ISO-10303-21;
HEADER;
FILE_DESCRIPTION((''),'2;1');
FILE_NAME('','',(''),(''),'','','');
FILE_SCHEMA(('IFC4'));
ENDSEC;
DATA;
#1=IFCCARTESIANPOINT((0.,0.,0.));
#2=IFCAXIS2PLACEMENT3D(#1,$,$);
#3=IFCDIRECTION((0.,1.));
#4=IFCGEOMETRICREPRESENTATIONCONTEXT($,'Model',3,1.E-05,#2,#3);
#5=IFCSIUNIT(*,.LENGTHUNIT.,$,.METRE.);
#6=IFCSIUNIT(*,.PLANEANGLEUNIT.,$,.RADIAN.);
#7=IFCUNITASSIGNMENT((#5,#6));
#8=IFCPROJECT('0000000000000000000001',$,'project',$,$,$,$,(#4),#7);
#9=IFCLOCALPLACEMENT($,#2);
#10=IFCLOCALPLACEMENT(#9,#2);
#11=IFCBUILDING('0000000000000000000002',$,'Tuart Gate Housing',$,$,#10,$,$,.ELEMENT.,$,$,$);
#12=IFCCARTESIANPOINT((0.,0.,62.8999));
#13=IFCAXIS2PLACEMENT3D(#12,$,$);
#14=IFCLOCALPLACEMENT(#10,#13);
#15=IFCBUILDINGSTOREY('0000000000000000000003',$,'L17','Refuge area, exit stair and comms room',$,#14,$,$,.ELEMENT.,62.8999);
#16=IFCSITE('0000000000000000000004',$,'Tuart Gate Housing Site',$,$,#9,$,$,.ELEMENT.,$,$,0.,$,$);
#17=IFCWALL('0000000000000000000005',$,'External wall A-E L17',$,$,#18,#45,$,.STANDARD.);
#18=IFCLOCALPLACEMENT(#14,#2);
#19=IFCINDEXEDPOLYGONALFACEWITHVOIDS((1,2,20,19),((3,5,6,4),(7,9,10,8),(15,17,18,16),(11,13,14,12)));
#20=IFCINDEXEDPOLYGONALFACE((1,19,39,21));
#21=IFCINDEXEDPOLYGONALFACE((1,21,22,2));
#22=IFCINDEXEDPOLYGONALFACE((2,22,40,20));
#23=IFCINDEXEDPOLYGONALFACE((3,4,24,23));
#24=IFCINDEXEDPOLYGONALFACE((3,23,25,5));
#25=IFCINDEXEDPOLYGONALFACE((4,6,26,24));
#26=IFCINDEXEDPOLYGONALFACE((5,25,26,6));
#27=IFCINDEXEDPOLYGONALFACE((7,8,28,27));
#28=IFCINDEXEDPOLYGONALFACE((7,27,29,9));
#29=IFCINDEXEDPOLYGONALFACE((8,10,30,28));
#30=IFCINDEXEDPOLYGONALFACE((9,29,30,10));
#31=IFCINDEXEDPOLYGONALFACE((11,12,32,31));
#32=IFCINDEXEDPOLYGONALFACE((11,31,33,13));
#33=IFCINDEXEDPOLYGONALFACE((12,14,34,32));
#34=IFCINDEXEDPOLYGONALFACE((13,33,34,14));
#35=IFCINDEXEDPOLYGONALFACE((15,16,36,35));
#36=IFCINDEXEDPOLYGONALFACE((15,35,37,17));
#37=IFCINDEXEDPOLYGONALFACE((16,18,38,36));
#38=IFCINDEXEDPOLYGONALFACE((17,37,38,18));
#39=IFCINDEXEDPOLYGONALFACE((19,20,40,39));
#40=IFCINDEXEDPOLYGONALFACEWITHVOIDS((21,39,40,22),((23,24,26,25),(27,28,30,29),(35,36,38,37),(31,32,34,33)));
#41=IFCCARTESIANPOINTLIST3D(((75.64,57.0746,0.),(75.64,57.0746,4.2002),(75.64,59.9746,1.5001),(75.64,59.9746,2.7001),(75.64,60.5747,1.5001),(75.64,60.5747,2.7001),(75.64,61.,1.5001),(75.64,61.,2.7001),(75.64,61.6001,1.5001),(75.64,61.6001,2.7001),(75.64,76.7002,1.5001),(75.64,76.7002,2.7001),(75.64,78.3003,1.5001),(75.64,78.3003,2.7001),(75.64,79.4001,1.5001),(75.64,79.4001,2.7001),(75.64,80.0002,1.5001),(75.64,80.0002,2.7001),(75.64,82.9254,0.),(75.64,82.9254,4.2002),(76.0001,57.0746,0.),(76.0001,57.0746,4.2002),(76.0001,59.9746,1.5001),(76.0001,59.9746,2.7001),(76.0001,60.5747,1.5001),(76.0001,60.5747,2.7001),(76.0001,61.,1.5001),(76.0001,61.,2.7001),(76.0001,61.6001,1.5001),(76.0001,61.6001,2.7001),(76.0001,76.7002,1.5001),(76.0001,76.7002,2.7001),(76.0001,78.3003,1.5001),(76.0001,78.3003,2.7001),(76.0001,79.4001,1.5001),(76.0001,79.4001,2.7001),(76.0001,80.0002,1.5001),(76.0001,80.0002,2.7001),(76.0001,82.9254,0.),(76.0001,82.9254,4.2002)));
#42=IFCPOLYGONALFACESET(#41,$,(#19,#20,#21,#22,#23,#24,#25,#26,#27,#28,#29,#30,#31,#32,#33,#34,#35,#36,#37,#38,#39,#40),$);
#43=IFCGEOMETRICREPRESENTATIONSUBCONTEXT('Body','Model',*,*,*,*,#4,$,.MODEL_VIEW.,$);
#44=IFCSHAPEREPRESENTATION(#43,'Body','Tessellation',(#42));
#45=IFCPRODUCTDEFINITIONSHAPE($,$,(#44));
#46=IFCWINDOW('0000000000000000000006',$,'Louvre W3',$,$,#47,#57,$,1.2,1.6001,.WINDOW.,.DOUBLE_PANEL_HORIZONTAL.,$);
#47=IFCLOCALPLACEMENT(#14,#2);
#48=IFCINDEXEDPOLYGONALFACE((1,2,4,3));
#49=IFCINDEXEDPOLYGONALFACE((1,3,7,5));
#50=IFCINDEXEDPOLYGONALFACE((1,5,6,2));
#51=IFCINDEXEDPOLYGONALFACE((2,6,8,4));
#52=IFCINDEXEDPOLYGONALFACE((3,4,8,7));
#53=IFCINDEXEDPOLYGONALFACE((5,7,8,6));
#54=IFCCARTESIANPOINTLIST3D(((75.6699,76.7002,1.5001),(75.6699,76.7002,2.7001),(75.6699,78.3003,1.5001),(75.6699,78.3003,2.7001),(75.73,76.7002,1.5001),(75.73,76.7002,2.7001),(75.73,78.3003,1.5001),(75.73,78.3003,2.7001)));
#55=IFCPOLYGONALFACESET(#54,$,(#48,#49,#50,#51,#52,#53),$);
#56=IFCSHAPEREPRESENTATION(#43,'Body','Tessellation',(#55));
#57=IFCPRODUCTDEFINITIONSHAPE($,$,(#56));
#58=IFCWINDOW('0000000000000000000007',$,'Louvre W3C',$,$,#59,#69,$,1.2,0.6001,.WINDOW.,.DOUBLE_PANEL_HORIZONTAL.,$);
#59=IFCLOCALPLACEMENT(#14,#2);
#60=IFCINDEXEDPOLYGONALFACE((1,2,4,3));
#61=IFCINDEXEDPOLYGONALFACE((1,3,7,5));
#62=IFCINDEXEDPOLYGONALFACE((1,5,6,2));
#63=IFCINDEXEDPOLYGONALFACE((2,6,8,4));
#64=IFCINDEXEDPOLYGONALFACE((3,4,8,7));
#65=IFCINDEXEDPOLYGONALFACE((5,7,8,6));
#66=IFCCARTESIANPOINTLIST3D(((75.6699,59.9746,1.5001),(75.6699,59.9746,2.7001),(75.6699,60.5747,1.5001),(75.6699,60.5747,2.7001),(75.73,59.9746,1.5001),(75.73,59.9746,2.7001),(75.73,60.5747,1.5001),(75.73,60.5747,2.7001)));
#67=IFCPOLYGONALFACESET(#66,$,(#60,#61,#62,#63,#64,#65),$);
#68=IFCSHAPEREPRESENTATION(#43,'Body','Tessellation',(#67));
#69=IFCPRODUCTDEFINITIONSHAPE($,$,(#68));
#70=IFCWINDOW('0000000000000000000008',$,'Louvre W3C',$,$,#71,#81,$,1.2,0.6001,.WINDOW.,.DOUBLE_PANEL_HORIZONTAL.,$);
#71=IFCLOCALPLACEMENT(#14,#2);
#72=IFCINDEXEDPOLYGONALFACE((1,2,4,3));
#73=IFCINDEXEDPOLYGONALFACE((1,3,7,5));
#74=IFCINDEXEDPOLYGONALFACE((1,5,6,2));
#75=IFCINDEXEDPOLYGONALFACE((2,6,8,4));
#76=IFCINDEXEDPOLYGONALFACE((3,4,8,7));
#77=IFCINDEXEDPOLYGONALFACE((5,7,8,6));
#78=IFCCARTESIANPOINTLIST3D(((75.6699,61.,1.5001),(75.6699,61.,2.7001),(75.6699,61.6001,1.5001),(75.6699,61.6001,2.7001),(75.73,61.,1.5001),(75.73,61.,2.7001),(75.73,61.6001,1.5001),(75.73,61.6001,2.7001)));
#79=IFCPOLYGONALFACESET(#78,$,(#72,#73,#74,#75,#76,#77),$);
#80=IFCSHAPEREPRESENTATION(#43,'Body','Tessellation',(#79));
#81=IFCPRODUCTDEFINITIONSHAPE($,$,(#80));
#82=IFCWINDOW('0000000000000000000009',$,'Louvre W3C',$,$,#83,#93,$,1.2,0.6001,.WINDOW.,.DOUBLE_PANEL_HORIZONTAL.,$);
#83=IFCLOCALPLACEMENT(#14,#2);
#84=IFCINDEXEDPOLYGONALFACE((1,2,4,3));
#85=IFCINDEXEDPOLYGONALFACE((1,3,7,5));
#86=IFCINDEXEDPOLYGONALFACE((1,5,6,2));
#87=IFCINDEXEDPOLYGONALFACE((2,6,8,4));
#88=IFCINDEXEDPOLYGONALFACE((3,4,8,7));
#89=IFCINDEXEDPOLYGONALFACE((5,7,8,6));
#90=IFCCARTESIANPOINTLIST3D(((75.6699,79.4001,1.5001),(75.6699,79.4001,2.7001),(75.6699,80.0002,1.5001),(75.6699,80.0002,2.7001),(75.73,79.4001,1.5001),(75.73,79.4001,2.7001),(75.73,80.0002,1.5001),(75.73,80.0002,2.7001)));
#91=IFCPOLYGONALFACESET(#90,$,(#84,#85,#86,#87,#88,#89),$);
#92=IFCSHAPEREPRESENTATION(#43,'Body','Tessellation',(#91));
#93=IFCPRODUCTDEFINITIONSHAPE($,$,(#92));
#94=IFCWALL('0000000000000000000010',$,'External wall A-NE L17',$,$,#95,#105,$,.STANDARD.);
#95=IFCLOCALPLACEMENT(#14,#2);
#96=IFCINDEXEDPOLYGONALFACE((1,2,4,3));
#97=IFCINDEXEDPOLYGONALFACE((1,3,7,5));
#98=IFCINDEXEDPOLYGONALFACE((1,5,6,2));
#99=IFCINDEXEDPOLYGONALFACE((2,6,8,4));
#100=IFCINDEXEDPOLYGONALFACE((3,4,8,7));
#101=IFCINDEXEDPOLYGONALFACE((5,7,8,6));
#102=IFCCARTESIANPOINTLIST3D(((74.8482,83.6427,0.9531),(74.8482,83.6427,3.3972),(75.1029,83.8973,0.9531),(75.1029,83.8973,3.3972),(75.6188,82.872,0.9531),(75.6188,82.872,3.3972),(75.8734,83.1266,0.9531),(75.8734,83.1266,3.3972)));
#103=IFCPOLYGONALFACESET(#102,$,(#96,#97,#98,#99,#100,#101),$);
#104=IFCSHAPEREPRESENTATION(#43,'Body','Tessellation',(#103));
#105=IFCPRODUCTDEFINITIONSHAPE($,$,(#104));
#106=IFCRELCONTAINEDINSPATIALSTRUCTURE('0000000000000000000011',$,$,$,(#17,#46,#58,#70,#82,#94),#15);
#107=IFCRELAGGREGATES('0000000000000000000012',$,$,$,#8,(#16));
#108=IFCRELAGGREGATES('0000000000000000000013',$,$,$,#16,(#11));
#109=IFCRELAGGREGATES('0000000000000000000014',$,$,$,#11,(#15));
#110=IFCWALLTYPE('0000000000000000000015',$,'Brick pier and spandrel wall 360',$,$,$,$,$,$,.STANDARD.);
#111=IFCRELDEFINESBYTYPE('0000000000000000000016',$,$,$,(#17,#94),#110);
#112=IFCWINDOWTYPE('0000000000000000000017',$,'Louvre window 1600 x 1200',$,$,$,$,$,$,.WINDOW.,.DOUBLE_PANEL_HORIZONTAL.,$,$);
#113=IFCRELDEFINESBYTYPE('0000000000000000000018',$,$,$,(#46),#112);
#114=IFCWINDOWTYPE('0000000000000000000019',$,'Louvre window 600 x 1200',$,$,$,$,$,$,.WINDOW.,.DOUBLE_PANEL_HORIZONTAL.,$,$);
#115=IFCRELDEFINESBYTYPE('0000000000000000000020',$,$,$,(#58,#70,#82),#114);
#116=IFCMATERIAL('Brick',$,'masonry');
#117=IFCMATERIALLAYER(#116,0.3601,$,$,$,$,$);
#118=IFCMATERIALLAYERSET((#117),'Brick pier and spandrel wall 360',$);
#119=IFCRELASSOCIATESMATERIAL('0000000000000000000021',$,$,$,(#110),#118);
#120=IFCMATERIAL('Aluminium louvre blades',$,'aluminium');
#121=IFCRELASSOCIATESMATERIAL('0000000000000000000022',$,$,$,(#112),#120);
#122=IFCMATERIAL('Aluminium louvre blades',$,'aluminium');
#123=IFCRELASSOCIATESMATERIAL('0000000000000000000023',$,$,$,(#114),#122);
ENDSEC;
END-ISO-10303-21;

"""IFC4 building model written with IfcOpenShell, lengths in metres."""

from ifc_helpers import new_model, si_unit, direction, frame, frame_2d, origin, place, context, subcontext, project, spatial, rectangle, extrude, material, layer, layer_set, type_object, element, fill, save


model = new_model("IFC4")

# Units and contexts
model_context = context("Model", 3, precision=1e-05, world=origin(), true_north=direction((0.0, 1.0)))
body_context = subcontext(model_context, "Body", "Model", "MODEL_VIEW")
ifc_project = project(units=[si_unit("LENGTHUNIT", "METRE"), si_unit("PLANEANGLEUNIT", "RADIAN")], contexts=[model_context])

# Site, building, storey
site_placement = place(None, origin())
site = spatial("IfcSite", under=ifc_project, at=site_placement, Name="Tuart Gate Housing Site", CompositionType="ELEMENT", RefElevation=0.0)
building_placement = place(site_placement, origin())
building = spatial("IfcBuilding", under=site, at=building_placement, Name="Tuart Gate Housing", CompositionType="ELEMENT")
storey_placement = place(building_placement, frame((0.0, 0.0, 62.8999)))
storey = spatial("IfcBuildingStorey", under=building, at=storey_placement, Name="L17", Description="Refuge area, exit stair and comms room", CompositionType="ELEMENT", Elevation=62.8999)

# Wall, openings, windows
ifc_material_1 = material(Name="Brick", Category="masonry")
ifc_layer = layer(ifc_material_1, 0.3601)
ifc_layer_set = layer_set([ifc_layer], Name="Brick pier and spandrel wall 360")
wall_type = type_object("IfcWallType", Name="Brick pier and spandrel wall 360", PredefinedType="STANDARD", material=ifc_layer_set)
wall_1_placement = place(storey_placement, frame((75.8201, 57.0747, 0.0), z_axis=(0.0, 0.0, 1.0), x_axis=(0.0, 1.0, 0.0)))
wall_1 = element("IfcWall", 1, at=wall_1_placement, inside=storey, type_object=wall_type, Name="External wall A-E L17", PredefinedType="STANDARD", context=body_context, shape_type="SweptSolid", body=[
    extrude(rectangle(XDim=25.8508, YDim=0.3601, at=frame_2d((12.9253, 0.0))), origin(), (0.0, 0.0, 1.0), 4.2002),
])
opening_1_placement = place(wall_1_placement, frame((2.8999, 0.0, 1.5)))
opening_1 = element("IfcOpeningElement", 2, at=opening_1_placement, cuts=wall_1, PredefinedType="OPENING", context=body_context, shape_type="SweptSolid", body=[
    extrude(rectangle(XDim=0.6001, YDim=1.2, at=frame_2d((0.3, 0.6001))), frame((0.0, 0.1899, 0.0), z_axis=(0.0, -1.0, 0.0), x_axis=(1.0, 0.0, 0.0)), (0.0, 0.0, 1.0), 0.3801),
])
opening_2_placement = place(wall_1_placement, frame((3.9253, 0.0, 1.5)))
opening_2 = element("IfcOpeningElement", 3, at=opening_2_placement, cuts=wall_1, PredefinedType="OPENING", context=body_context, shape_type="SweptSolid", body=[
    extrude(rectangle(XDim=0.6001, YDim=1.2, at=frame_2d((0.3, 0.6001))), frame((0.0, 0.1899, 0.0), z_axis=(0.0, -1.0, 0.0), x_axis=(1.0, 0.0, 0.0)), (0.0, 0.0, 1.0), 0.3801),
])
opening_3_placement = place(wall_1_placement, frame((19.6255, 0.0, 1.5)))
opening_3 = element("IfcOpeningElement", 4, at=opening_3_placement, cuts=wall_1, PredefinedType="OPENING", context=body_context, shape_type="SweptSolid", body=[
    extrude(rectangle(XDim=1.6001, YDim=1.2, at=frame_2d((0.8, 0.6001))), frame((0.0, 0.1899, 0.0), z_axis=(0.0, -1.0, 0.0), x_axis=(1.0, 0.0, 0.0)), (0.0, 0.0, 1.0), 0.3801),
])
opening_4_placement = place(wall_1_placement, frame((22.3254, 0.0, 1.5)))
opening_4 = element("IfcOpeningElement", 5, at=opening_4_placement, cuts=wall_1, PredefinedType="OPENING", context=body_context, shape_type="SweptSolid", body=[
    extrude(rectangle(XDim=0.6001, YDim=1.2, at=frame_2d((0.3, 0.6001))), frame((0.0, 0.1899, 0.0), z_axis=(0.0, -1.0, 0.0), x_axis=(1.0, 0.0, 0.0)), (0.0, 0.0, 1.0), 0.3801),
])
ifc_material_2 = material(Name="Aluminium louvre blades", Category="aluminium")
window_type_1 = type_object("IfcWindowType", Name="Louvre window 1600 x 1200", PartitioningType="DOUBLE_PANEL_HORIZONTAL", PredefinedType="WINDOW", material=ifc_material_2)
window_1_placement = place(opening_3_placement, origin())
window_1 = element("IfcWindow", 6, at=window_1_placement, inside=storey, type_object=window_type_1, Name="Louvre W3", OverallHeight=1.2, OverallWidth=1.6001, PartitioningType="DOUBLE_PANEL_HORIZONTAL", PredefinedType="WINDOW", context=body_context, shape_type="SweptSolid", body=[
    extrude(rectangle(XDim=1.6001, YDim=1.2, at=frame_2d((0.8, 0.6001))), frame((0.0, 0.1501, 0.0), z_axis=(0.0, -1.0, 0.0), x_axis=(1.0, 0.0, 0.0)), (0.0, 0.0, 1.0), 0.0601),
])
fill(opening_3, window_1)
ifc_material_3 = material(Name="Aluminium louvre blades", Category="aluminium")
window_type_2 = type_object("IfcWindowType", Name="Louvre window 600 x 1200", PartitioningType="DOUBLE_PANEL_HORIZONTAL", PredefinedType="WINDOW", material=ifc_material_3)
window_2_placement = place(opening_1_placement, origin())
window_2 = element("IfcWindow", 7, at=window_2_placement, inside=storey, type_object=window_type_2, Name="Louvre W3C", OverallHeight=1.2, OverallWidth=0.6001, PartitioningType="DOUBLE_PANEL_HORIZONTAL", PredefinedType="WINDOW", context=body_context, shape_type="SweptSolid", body=[
    extrude(rectangle(XDim=0.6001, YDim=1.2, at=frame_2d((0.3, 0.6001))), frame((0.0, 0.1501, 0.0), z_axis=(0.0, -1.0, 0.0), x_axis=(1.0, 0.0, 0.0)), (0.0, 0.0, 1.0), 0.0601),
])
fill(opening_1, window_2)
window_3_placement = place(opening_2_placement, origin())
window_3 = element("IfcWindow", 8, at=window_3_placement, inside=storey, type_object=window_type_2, Name="Louvre W3C", OverallHeight=1.2, OverallWidth=0.6001, PartitioningType="DOUBLE_PANEL_HORIZONTAL", PredefinedType="WINDOW", context=body_context, shape_type="SweptSolid", body=[
    extrude(rectangle(XDim=0.6001, YDim=1.2, at=frame_2d((0.3, 0.6001))), frame((0.0, 0.1501, 0.0), z_axis=(0.0, -1.0, 0.0), x_axis=(1.0, 0.0, 0.0)), (0.0, 0.0, 1.0), 0.0601),
])
fill(opening_2, window_3)
window_4_placement = place(opening_4_placement, origin())
window_4 = element("IfcWindow", 9, at=window_4_placement, inside=storey, type_object=window_type_2, Name="Louvre W3C", OverallHeight=1.2, OverallWidth=0.6001, PartitioningType="DOUBLE_PANEL_HORIZONTAL", PredefinedType="WINDOW", context=body_context, shape_type="SweptSolid", body=[
    extrude(rectangle(XDim=0.6001, YDim=1.2, at=frame_2d((0.3, 0.6001))), frame((0.0, 0.1501, 0.0), z_axis=(0.0, -1.0, 0.0), x_axis=(1.0, 0.0, 0.0)), (0.0, 0.0, 1.0), 0.0601),
])
fill(opening_4, window_4)

# Wall
wall_2_placement = place(storey_placement, frame((75.7461, 82.9993, 0.9531), z_axis=(0.0, 0.0, 1.0), x_axis=(-0.706995, 0.707219, 0.0)))
element("IfcWall", 10, at=wall_2_placement, inside=storey, type_object=wall_type, Name="External wall A-NE L17", PredefinedType="STANDARD", context=body_context, shape_type="SweptSolid", body=[
    extrude(rectangle(XDim=1.0898, YDim=0.3601, at=frame_2d((0.5449, 0.0))), origin(), (0.0, 0.0, 1.0), 2.4441),
])

save(model, "model.ifc")
